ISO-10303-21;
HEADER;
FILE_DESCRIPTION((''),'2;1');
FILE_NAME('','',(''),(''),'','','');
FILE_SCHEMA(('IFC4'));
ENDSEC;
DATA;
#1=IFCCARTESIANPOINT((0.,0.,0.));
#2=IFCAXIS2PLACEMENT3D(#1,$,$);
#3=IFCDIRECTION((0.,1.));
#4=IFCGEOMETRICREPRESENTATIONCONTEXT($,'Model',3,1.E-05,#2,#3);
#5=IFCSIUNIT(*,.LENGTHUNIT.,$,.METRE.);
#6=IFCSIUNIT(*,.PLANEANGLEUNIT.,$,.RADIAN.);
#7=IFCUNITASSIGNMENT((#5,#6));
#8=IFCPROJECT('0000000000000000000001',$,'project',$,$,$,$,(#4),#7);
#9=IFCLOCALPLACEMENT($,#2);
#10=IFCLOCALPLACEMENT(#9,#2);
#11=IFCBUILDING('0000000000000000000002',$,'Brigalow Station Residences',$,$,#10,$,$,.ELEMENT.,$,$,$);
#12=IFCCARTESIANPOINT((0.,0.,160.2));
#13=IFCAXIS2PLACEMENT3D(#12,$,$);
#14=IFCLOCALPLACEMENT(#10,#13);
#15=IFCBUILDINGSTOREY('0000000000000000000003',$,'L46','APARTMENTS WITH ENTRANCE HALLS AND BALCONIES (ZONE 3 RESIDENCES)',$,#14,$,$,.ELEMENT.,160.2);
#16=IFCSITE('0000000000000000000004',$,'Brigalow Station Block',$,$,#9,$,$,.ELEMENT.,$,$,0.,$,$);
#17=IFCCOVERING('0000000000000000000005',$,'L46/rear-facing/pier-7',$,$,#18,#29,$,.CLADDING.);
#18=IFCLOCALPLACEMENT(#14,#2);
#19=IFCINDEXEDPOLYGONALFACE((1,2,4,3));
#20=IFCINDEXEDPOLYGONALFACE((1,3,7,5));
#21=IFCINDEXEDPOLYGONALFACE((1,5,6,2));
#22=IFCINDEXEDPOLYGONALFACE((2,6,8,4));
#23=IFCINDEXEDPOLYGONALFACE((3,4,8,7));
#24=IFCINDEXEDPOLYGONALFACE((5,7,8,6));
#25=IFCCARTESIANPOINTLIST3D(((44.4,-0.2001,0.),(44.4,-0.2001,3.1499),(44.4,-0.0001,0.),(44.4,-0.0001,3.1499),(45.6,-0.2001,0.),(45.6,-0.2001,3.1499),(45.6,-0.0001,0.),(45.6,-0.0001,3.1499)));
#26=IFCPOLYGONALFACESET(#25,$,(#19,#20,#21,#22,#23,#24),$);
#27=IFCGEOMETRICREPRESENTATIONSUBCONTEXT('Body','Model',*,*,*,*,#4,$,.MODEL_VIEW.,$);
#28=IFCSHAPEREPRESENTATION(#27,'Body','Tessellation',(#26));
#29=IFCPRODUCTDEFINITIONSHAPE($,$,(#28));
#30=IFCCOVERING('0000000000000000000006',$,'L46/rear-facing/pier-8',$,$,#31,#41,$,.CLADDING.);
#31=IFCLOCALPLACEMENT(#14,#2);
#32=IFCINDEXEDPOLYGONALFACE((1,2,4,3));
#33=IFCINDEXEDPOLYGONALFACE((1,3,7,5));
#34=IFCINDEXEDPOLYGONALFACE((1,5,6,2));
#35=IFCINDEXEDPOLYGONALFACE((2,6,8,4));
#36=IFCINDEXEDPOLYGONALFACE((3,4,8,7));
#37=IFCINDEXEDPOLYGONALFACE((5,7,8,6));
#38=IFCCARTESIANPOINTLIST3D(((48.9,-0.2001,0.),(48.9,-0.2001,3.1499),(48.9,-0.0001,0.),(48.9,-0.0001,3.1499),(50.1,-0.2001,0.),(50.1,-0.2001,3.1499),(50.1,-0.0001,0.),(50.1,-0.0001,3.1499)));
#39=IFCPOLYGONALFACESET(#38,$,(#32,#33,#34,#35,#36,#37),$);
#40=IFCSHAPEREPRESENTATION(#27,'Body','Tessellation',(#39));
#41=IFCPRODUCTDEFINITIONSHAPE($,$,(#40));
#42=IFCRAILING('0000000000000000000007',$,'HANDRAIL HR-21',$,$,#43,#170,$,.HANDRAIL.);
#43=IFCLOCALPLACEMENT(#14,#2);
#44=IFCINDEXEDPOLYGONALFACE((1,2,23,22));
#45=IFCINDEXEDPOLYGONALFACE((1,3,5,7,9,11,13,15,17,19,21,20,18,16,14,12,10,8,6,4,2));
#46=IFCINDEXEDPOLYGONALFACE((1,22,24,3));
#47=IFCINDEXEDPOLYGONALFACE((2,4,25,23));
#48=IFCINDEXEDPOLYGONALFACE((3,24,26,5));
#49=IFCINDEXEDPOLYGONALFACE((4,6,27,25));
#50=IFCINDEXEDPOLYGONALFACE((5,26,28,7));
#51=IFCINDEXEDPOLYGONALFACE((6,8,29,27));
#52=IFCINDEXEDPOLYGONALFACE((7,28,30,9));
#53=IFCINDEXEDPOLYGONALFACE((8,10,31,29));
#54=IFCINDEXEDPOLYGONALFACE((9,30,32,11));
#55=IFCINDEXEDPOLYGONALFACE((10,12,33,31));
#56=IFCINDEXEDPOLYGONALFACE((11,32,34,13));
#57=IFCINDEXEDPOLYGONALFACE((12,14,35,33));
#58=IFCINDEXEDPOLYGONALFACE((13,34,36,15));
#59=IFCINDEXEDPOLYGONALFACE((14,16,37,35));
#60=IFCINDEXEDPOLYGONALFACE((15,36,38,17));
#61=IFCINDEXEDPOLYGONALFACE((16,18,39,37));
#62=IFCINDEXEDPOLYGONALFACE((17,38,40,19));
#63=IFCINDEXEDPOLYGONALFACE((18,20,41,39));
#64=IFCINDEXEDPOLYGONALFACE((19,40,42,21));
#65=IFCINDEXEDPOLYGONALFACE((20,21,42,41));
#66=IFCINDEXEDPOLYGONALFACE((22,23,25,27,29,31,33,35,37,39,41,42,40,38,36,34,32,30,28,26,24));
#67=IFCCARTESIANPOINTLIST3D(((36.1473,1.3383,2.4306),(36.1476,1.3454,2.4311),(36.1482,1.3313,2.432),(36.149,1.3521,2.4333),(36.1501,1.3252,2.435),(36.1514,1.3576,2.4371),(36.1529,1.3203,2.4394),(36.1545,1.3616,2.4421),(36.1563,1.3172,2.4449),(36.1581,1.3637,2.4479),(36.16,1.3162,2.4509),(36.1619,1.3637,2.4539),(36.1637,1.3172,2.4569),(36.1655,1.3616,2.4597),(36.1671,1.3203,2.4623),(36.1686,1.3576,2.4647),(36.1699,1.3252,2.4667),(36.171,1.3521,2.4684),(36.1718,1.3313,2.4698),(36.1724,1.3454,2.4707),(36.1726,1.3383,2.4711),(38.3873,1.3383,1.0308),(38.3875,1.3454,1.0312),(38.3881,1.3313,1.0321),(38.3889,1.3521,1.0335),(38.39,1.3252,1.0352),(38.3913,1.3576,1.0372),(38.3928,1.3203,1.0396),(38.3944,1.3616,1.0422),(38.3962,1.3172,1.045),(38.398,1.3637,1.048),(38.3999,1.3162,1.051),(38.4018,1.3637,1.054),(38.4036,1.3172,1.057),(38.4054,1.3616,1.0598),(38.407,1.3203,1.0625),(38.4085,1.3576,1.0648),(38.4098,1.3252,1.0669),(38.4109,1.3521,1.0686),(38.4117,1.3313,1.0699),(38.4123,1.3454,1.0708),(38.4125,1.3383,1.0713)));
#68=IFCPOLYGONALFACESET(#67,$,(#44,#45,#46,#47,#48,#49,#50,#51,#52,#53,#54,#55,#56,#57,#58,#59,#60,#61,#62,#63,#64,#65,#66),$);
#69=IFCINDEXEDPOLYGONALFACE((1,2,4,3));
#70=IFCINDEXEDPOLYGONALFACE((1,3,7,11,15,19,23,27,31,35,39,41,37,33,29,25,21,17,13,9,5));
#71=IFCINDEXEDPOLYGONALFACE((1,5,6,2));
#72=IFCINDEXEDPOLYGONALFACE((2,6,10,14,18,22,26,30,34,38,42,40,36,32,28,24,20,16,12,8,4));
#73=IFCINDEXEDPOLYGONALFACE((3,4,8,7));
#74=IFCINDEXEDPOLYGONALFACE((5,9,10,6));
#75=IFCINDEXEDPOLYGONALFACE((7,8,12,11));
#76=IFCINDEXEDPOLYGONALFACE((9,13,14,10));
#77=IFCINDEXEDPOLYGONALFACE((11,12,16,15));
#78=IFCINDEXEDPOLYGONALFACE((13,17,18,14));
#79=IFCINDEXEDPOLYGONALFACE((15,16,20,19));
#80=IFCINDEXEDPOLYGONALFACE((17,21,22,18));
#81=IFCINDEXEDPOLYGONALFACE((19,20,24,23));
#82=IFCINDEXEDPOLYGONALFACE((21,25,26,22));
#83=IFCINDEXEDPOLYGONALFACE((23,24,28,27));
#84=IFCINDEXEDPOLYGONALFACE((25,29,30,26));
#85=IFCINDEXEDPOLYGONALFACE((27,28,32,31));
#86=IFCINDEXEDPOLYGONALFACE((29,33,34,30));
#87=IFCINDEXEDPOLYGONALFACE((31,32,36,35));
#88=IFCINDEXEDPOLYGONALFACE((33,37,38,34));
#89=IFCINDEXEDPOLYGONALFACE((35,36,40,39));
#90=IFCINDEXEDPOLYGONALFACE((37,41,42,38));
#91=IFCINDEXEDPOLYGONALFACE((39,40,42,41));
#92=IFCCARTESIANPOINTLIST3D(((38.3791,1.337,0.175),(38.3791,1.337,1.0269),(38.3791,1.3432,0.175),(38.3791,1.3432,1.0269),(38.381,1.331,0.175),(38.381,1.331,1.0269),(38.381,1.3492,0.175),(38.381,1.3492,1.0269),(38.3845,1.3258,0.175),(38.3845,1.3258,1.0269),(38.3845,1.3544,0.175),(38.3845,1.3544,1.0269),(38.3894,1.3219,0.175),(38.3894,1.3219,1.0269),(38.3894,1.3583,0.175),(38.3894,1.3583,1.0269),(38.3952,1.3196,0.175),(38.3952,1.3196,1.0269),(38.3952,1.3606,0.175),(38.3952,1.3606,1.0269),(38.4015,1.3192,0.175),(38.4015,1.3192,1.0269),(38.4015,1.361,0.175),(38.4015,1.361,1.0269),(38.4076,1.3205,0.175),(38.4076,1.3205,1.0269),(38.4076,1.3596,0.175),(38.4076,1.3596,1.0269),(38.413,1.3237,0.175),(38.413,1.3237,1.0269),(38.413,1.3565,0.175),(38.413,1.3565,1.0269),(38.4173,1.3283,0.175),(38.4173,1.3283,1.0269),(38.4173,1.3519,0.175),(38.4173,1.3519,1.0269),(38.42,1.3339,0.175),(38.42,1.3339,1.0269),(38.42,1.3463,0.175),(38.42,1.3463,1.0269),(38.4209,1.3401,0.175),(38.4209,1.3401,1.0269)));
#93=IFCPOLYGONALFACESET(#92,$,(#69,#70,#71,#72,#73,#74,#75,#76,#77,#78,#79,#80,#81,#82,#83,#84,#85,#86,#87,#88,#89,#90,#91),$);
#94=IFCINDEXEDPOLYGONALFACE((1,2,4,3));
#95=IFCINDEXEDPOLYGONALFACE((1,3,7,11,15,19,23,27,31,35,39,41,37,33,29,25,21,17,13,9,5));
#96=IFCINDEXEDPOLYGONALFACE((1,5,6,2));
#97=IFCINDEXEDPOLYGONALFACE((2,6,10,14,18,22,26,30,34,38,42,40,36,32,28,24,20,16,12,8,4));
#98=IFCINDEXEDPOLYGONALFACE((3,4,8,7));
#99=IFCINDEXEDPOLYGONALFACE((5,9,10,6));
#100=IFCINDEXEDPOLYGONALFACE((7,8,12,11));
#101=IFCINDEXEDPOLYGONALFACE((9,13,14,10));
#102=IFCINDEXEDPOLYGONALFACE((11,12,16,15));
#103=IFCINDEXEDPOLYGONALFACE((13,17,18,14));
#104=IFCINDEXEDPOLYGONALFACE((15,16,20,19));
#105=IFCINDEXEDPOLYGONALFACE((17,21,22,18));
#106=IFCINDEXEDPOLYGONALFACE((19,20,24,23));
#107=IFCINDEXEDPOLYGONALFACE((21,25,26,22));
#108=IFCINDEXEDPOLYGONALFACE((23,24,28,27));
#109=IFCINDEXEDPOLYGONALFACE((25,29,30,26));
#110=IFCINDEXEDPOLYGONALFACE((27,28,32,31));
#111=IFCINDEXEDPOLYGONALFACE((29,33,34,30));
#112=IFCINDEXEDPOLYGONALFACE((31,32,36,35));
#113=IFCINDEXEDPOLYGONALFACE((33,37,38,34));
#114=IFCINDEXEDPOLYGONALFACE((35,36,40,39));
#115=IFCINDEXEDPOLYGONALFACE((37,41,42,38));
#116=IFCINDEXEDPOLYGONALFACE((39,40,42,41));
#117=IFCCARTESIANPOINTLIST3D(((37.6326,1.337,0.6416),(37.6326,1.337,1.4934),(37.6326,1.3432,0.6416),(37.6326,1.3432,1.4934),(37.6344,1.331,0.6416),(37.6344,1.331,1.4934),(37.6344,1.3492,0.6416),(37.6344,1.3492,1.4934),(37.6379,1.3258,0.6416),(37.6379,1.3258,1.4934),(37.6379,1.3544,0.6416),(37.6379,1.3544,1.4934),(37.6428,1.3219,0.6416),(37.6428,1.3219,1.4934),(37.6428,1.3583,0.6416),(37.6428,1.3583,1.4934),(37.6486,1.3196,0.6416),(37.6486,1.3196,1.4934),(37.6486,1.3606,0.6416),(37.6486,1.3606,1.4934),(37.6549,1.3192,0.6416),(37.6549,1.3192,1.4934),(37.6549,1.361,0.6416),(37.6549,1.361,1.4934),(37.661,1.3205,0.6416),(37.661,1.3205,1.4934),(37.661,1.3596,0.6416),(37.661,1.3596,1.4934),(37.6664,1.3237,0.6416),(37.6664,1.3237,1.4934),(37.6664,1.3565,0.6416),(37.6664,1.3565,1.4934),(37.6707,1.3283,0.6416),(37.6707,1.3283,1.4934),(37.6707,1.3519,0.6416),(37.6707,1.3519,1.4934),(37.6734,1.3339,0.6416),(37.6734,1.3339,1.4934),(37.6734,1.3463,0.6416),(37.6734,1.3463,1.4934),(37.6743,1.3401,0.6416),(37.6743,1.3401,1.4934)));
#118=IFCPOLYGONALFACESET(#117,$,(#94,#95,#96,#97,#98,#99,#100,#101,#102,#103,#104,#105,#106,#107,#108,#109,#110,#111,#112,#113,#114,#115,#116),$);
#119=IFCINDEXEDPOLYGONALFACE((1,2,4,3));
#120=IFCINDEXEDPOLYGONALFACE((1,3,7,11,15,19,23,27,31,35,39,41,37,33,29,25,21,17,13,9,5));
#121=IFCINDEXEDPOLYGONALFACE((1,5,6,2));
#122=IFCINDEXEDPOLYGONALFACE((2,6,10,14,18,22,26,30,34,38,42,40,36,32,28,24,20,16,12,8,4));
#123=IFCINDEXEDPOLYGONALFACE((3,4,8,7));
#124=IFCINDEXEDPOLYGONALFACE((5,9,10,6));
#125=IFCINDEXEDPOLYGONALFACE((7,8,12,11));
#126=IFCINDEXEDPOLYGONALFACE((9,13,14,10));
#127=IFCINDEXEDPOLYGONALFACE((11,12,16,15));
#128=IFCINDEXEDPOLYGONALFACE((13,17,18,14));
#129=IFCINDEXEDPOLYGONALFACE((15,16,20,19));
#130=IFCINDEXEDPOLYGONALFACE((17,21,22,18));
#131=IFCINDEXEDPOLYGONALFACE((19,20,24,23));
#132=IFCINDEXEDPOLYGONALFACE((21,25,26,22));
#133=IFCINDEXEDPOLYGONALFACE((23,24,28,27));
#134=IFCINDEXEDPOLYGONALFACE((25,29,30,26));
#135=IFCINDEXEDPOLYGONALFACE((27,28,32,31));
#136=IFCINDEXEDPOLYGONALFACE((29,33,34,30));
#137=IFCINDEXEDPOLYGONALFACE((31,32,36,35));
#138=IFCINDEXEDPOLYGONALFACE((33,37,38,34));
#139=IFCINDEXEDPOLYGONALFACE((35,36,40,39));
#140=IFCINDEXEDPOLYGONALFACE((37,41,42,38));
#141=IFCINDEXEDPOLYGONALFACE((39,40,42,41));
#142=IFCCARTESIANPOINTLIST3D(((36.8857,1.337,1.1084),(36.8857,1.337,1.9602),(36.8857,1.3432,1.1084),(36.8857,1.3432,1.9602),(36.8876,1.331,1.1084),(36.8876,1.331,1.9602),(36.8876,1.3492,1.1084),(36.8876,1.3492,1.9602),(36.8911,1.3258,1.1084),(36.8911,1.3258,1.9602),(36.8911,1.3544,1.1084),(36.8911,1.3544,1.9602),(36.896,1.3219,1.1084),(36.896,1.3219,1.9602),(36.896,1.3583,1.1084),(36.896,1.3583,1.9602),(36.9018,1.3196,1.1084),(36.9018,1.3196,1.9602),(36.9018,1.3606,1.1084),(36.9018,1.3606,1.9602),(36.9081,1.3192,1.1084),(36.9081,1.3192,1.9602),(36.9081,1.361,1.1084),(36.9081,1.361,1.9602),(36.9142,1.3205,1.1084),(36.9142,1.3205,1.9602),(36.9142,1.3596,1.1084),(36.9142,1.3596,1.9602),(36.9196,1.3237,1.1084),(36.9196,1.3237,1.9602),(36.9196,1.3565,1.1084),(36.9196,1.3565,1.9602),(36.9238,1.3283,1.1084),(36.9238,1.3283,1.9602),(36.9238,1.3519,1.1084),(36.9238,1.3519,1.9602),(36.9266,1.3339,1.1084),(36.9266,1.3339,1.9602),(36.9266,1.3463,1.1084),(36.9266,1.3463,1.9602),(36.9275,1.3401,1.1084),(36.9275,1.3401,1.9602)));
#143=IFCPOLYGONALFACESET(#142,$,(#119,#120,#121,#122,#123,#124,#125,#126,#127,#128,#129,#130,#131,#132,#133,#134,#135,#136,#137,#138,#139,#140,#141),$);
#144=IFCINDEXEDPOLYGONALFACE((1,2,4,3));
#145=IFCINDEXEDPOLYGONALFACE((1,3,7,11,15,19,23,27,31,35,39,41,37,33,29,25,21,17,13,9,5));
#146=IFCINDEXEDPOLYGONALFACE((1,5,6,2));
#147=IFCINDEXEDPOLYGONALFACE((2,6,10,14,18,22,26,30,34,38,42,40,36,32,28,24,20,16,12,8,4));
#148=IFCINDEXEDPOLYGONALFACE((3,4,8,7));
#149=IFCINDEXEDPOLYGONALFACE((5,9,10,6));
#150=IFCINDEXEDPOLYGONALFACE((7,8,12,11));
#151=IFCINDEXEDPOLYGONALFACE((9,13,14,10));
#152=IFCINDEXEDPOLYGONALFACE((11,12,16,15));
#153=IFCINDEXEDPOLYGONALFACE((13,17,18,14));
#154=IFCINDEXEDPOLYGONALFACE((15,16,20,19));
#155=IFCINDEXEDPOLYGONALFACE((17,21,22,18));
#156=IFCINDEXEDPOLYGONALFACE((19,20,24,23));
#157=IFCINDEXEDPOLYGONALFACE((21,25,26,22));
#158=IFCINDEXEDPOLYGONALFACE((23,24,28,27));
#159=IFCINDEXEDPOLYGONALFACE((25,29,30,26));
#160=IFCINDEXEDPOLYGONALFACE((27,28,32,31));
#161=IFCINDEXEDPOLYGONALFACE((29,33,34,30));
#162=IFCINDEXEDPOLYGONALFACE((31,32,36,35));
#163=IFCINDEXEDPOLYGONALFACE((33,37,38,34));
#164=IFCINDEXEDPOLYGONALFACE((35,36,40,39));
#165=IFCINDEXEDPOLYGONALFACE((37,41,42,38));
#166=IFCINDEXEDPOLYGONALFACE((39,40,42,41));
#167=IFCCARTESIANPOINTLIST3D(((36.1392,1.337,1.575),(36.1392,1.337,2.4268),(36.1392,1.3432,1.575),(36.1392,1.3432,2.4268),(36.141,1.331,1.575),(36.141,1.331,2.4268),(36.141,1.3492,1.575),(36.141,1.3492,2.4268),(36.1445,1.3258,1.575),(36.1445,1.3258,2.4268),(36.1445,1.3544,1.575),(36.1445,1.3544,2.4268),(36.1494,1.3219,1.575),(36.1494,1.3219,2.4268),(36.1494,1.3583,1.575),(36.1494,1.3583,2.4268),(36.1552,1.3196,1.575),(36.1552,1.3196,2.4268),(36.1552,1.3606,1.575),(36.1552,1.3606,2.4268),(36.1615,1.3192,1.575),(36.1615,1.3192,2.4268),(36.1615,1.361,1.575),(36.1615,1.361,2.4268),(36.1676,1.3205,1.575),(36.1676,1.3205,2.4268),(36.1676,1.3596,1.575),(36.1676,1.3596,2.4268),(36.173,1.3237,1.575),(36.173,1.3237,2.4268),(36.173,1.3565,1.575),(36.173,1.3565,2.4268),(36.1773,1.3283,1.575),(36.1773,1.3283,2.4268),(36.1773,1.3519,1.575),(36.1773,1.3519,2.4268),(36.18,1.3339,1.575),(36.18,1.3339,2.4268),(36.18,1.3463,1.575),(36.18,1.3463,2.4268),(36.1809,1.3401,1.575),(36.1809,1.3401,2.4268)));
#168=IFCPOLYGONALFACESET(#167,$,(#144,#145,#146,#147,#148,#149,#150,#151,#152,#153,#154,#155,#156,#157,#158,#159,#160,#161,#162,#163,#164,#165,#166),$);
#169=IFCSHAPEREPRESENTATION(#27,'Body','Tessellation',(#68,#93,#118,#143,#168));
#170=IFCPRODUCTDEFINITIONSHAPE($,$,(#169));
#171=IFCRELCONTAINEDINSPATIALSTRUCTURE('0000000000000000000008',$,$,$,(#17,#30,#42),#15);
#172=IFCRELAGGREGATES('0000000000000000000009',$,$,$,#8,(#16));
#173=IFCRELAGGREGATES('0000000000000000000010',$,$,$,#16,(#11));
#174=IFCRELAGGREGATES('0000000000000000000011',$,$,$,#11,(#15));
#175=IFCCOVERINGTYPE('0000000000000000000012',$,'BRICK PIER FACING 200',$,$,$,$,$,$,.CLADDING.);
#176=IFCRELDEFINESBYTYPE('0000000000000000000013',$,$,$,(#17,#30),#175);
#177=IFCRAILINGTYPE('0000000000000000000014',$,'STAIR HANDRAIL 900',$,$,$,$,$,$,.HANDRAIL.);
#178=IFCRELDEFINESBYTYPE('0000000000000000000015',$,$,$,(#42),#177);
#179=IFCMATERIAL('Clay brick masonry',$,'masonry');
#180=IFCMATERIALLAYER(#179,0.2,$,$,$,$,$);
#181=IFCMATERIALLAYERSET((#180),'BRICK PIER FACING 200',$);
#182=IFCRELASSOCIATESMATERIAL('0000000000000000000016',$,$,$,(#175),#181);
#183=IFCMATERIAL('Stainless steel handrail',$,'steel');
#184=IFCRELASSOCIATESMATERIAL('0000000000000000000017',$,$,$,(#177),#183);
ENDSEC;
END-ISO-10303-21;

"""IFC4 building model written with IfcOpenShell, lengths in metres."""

from ifc_helpers import new_model, si_unit, direction, frame, origin, origin_2d, place, context, subcontext, project, spatial, rectangle, circle, extrude, material, layer, layer_set, type_object, element, save


model = new_model("IFC4")

# Units and contexts
model_context = context("Model", 3, precision=1e-05, world=origin(), true_north=direction((0.0, 1.0)))
body_context = subcontext(model_context, "Body", "Model", "MODEL_VIEW")
ifc_project = project(units=[si_unit("LENGTHUNIT", "METRE"), si_unit("PLANEANGLEUNIT", "RADIAN")], contexts=[model_context])

# Site, building, storey
site_placement = place(None, origin())
site = spatial("IfcSite", under=ifc_project, at=site_placement, Name="Brigalow Station Block", CompositionType="ELEMENT", RefElevation=0.0)
building_placement = place(site_placement, origin())
building = spatial("IfcBuilding", under=site, at=building_placement, Name="Brigalow Station Residences", CompositionType="ELEMENT")
storey_placement = place(building_placement, frame((0.0, 0.0, 160.2)))
storey = spatial("IfcBuildingStorey", under=building, at=storey_placement, Name="L46", Description="APARTMENTS WITH ENTRANCE HALLS AND BALCONIES (ZONE 3 RESIDENCES)", CompositionType="ELEMENT", Elevation=160.2)

# Coverings
ifc_material_1 = material(Name="Clay brick masonry", Category="masonry")
ifc_layer_1 = layer(ifc_material_1, 0.2)
ifc_layer_set_1 = layer_set([ifc_layer_1], Name="BRICK PIER FACING 200")
covering_type_1 = type_object("IfcCoveringType", Name="BRICK PIER FACING 200", PredefinedType="CLADDING", material=ifc_layer_set_1)
for number, where, z_axis, x_axis, name in (
    (1, (45.0, -0.1001, 0.0), (0.0, 0.0, 1.0), (1.0, 0.0, 0.0), "L46/rear-facing/pier-7"),
    (2, (49.5, -0.1001, 0.0), (0.0, 0.0, 1.0), (1.0, 0.0, 0.0), "L46/rear-facing/pier-8"),
):
    element("IfcCovering", number, at=place(storey_placement, frame(where, z_axis=z_axis, x_axis=x_axis)), inside=storey, type_object=covering_type_1, Name=name, PredefinedType="CLADDING", context=body_context, shape_type="SweptSolid", body=[
        extrude(rectangle(XDim=1.2, YDim=0.2, at=origin_2d()), origin(), (0.0, 0.0, 1.0), 3.1499),
    ])

# Railing
ifc_material_2 = material(Name="Stainless steel handrail", Category="steel")
railing_type_1 = type_object("IfcRailingType", Name="STAIR HANDRAIL 900", PredefinedType="HANDRAIL", material=ifc_material_2)
railing_1_placement = place(storey_placement, frame((38.3999, 1.3401, 0.175)))
element("IfcRailing", 3, at=railing_1_placement, inside=storey, type_object=railing_type_1, Name="HANDRAIL HR-21", PredefinedType="HANDRAIL", context=body_context, shape_type="SweptSolid", body=[
    extrude(circle(Radius=0.0239, at=origin_2d()), frame((0.0, 0.0, 0.876), z_axis=(-0.848014, 0.0, 0.529974), x_axis=(0.0, -1.0, 0.0)), (0.0, 0.0, 1.0), 2.6414),
    extrude(circle(Radius=0.021, at=origin_2d()), origin(), (0.0, 0.0, 1.0), 0.8518),
    extrude(circle(Radius=0.021, at=origin_2d()), frame((-0.7466, 0.0, 0.4666)), (0.0, 0.0, 1.0), 0.8518),
    extrude(circle(Radius=0.021, at=origin_2d()), frame((-1.4934, 0.0, 0.9333)), (0.0, 0.0, 1.0), 0.8518),
    extrude(circle(Radius=0.021, at=origin_2d()), frame((-2.24, 0.0, 1.3999)), (0.0, 0.0, 1.0), 0.8518),
])

save(model, "model.ifc")
